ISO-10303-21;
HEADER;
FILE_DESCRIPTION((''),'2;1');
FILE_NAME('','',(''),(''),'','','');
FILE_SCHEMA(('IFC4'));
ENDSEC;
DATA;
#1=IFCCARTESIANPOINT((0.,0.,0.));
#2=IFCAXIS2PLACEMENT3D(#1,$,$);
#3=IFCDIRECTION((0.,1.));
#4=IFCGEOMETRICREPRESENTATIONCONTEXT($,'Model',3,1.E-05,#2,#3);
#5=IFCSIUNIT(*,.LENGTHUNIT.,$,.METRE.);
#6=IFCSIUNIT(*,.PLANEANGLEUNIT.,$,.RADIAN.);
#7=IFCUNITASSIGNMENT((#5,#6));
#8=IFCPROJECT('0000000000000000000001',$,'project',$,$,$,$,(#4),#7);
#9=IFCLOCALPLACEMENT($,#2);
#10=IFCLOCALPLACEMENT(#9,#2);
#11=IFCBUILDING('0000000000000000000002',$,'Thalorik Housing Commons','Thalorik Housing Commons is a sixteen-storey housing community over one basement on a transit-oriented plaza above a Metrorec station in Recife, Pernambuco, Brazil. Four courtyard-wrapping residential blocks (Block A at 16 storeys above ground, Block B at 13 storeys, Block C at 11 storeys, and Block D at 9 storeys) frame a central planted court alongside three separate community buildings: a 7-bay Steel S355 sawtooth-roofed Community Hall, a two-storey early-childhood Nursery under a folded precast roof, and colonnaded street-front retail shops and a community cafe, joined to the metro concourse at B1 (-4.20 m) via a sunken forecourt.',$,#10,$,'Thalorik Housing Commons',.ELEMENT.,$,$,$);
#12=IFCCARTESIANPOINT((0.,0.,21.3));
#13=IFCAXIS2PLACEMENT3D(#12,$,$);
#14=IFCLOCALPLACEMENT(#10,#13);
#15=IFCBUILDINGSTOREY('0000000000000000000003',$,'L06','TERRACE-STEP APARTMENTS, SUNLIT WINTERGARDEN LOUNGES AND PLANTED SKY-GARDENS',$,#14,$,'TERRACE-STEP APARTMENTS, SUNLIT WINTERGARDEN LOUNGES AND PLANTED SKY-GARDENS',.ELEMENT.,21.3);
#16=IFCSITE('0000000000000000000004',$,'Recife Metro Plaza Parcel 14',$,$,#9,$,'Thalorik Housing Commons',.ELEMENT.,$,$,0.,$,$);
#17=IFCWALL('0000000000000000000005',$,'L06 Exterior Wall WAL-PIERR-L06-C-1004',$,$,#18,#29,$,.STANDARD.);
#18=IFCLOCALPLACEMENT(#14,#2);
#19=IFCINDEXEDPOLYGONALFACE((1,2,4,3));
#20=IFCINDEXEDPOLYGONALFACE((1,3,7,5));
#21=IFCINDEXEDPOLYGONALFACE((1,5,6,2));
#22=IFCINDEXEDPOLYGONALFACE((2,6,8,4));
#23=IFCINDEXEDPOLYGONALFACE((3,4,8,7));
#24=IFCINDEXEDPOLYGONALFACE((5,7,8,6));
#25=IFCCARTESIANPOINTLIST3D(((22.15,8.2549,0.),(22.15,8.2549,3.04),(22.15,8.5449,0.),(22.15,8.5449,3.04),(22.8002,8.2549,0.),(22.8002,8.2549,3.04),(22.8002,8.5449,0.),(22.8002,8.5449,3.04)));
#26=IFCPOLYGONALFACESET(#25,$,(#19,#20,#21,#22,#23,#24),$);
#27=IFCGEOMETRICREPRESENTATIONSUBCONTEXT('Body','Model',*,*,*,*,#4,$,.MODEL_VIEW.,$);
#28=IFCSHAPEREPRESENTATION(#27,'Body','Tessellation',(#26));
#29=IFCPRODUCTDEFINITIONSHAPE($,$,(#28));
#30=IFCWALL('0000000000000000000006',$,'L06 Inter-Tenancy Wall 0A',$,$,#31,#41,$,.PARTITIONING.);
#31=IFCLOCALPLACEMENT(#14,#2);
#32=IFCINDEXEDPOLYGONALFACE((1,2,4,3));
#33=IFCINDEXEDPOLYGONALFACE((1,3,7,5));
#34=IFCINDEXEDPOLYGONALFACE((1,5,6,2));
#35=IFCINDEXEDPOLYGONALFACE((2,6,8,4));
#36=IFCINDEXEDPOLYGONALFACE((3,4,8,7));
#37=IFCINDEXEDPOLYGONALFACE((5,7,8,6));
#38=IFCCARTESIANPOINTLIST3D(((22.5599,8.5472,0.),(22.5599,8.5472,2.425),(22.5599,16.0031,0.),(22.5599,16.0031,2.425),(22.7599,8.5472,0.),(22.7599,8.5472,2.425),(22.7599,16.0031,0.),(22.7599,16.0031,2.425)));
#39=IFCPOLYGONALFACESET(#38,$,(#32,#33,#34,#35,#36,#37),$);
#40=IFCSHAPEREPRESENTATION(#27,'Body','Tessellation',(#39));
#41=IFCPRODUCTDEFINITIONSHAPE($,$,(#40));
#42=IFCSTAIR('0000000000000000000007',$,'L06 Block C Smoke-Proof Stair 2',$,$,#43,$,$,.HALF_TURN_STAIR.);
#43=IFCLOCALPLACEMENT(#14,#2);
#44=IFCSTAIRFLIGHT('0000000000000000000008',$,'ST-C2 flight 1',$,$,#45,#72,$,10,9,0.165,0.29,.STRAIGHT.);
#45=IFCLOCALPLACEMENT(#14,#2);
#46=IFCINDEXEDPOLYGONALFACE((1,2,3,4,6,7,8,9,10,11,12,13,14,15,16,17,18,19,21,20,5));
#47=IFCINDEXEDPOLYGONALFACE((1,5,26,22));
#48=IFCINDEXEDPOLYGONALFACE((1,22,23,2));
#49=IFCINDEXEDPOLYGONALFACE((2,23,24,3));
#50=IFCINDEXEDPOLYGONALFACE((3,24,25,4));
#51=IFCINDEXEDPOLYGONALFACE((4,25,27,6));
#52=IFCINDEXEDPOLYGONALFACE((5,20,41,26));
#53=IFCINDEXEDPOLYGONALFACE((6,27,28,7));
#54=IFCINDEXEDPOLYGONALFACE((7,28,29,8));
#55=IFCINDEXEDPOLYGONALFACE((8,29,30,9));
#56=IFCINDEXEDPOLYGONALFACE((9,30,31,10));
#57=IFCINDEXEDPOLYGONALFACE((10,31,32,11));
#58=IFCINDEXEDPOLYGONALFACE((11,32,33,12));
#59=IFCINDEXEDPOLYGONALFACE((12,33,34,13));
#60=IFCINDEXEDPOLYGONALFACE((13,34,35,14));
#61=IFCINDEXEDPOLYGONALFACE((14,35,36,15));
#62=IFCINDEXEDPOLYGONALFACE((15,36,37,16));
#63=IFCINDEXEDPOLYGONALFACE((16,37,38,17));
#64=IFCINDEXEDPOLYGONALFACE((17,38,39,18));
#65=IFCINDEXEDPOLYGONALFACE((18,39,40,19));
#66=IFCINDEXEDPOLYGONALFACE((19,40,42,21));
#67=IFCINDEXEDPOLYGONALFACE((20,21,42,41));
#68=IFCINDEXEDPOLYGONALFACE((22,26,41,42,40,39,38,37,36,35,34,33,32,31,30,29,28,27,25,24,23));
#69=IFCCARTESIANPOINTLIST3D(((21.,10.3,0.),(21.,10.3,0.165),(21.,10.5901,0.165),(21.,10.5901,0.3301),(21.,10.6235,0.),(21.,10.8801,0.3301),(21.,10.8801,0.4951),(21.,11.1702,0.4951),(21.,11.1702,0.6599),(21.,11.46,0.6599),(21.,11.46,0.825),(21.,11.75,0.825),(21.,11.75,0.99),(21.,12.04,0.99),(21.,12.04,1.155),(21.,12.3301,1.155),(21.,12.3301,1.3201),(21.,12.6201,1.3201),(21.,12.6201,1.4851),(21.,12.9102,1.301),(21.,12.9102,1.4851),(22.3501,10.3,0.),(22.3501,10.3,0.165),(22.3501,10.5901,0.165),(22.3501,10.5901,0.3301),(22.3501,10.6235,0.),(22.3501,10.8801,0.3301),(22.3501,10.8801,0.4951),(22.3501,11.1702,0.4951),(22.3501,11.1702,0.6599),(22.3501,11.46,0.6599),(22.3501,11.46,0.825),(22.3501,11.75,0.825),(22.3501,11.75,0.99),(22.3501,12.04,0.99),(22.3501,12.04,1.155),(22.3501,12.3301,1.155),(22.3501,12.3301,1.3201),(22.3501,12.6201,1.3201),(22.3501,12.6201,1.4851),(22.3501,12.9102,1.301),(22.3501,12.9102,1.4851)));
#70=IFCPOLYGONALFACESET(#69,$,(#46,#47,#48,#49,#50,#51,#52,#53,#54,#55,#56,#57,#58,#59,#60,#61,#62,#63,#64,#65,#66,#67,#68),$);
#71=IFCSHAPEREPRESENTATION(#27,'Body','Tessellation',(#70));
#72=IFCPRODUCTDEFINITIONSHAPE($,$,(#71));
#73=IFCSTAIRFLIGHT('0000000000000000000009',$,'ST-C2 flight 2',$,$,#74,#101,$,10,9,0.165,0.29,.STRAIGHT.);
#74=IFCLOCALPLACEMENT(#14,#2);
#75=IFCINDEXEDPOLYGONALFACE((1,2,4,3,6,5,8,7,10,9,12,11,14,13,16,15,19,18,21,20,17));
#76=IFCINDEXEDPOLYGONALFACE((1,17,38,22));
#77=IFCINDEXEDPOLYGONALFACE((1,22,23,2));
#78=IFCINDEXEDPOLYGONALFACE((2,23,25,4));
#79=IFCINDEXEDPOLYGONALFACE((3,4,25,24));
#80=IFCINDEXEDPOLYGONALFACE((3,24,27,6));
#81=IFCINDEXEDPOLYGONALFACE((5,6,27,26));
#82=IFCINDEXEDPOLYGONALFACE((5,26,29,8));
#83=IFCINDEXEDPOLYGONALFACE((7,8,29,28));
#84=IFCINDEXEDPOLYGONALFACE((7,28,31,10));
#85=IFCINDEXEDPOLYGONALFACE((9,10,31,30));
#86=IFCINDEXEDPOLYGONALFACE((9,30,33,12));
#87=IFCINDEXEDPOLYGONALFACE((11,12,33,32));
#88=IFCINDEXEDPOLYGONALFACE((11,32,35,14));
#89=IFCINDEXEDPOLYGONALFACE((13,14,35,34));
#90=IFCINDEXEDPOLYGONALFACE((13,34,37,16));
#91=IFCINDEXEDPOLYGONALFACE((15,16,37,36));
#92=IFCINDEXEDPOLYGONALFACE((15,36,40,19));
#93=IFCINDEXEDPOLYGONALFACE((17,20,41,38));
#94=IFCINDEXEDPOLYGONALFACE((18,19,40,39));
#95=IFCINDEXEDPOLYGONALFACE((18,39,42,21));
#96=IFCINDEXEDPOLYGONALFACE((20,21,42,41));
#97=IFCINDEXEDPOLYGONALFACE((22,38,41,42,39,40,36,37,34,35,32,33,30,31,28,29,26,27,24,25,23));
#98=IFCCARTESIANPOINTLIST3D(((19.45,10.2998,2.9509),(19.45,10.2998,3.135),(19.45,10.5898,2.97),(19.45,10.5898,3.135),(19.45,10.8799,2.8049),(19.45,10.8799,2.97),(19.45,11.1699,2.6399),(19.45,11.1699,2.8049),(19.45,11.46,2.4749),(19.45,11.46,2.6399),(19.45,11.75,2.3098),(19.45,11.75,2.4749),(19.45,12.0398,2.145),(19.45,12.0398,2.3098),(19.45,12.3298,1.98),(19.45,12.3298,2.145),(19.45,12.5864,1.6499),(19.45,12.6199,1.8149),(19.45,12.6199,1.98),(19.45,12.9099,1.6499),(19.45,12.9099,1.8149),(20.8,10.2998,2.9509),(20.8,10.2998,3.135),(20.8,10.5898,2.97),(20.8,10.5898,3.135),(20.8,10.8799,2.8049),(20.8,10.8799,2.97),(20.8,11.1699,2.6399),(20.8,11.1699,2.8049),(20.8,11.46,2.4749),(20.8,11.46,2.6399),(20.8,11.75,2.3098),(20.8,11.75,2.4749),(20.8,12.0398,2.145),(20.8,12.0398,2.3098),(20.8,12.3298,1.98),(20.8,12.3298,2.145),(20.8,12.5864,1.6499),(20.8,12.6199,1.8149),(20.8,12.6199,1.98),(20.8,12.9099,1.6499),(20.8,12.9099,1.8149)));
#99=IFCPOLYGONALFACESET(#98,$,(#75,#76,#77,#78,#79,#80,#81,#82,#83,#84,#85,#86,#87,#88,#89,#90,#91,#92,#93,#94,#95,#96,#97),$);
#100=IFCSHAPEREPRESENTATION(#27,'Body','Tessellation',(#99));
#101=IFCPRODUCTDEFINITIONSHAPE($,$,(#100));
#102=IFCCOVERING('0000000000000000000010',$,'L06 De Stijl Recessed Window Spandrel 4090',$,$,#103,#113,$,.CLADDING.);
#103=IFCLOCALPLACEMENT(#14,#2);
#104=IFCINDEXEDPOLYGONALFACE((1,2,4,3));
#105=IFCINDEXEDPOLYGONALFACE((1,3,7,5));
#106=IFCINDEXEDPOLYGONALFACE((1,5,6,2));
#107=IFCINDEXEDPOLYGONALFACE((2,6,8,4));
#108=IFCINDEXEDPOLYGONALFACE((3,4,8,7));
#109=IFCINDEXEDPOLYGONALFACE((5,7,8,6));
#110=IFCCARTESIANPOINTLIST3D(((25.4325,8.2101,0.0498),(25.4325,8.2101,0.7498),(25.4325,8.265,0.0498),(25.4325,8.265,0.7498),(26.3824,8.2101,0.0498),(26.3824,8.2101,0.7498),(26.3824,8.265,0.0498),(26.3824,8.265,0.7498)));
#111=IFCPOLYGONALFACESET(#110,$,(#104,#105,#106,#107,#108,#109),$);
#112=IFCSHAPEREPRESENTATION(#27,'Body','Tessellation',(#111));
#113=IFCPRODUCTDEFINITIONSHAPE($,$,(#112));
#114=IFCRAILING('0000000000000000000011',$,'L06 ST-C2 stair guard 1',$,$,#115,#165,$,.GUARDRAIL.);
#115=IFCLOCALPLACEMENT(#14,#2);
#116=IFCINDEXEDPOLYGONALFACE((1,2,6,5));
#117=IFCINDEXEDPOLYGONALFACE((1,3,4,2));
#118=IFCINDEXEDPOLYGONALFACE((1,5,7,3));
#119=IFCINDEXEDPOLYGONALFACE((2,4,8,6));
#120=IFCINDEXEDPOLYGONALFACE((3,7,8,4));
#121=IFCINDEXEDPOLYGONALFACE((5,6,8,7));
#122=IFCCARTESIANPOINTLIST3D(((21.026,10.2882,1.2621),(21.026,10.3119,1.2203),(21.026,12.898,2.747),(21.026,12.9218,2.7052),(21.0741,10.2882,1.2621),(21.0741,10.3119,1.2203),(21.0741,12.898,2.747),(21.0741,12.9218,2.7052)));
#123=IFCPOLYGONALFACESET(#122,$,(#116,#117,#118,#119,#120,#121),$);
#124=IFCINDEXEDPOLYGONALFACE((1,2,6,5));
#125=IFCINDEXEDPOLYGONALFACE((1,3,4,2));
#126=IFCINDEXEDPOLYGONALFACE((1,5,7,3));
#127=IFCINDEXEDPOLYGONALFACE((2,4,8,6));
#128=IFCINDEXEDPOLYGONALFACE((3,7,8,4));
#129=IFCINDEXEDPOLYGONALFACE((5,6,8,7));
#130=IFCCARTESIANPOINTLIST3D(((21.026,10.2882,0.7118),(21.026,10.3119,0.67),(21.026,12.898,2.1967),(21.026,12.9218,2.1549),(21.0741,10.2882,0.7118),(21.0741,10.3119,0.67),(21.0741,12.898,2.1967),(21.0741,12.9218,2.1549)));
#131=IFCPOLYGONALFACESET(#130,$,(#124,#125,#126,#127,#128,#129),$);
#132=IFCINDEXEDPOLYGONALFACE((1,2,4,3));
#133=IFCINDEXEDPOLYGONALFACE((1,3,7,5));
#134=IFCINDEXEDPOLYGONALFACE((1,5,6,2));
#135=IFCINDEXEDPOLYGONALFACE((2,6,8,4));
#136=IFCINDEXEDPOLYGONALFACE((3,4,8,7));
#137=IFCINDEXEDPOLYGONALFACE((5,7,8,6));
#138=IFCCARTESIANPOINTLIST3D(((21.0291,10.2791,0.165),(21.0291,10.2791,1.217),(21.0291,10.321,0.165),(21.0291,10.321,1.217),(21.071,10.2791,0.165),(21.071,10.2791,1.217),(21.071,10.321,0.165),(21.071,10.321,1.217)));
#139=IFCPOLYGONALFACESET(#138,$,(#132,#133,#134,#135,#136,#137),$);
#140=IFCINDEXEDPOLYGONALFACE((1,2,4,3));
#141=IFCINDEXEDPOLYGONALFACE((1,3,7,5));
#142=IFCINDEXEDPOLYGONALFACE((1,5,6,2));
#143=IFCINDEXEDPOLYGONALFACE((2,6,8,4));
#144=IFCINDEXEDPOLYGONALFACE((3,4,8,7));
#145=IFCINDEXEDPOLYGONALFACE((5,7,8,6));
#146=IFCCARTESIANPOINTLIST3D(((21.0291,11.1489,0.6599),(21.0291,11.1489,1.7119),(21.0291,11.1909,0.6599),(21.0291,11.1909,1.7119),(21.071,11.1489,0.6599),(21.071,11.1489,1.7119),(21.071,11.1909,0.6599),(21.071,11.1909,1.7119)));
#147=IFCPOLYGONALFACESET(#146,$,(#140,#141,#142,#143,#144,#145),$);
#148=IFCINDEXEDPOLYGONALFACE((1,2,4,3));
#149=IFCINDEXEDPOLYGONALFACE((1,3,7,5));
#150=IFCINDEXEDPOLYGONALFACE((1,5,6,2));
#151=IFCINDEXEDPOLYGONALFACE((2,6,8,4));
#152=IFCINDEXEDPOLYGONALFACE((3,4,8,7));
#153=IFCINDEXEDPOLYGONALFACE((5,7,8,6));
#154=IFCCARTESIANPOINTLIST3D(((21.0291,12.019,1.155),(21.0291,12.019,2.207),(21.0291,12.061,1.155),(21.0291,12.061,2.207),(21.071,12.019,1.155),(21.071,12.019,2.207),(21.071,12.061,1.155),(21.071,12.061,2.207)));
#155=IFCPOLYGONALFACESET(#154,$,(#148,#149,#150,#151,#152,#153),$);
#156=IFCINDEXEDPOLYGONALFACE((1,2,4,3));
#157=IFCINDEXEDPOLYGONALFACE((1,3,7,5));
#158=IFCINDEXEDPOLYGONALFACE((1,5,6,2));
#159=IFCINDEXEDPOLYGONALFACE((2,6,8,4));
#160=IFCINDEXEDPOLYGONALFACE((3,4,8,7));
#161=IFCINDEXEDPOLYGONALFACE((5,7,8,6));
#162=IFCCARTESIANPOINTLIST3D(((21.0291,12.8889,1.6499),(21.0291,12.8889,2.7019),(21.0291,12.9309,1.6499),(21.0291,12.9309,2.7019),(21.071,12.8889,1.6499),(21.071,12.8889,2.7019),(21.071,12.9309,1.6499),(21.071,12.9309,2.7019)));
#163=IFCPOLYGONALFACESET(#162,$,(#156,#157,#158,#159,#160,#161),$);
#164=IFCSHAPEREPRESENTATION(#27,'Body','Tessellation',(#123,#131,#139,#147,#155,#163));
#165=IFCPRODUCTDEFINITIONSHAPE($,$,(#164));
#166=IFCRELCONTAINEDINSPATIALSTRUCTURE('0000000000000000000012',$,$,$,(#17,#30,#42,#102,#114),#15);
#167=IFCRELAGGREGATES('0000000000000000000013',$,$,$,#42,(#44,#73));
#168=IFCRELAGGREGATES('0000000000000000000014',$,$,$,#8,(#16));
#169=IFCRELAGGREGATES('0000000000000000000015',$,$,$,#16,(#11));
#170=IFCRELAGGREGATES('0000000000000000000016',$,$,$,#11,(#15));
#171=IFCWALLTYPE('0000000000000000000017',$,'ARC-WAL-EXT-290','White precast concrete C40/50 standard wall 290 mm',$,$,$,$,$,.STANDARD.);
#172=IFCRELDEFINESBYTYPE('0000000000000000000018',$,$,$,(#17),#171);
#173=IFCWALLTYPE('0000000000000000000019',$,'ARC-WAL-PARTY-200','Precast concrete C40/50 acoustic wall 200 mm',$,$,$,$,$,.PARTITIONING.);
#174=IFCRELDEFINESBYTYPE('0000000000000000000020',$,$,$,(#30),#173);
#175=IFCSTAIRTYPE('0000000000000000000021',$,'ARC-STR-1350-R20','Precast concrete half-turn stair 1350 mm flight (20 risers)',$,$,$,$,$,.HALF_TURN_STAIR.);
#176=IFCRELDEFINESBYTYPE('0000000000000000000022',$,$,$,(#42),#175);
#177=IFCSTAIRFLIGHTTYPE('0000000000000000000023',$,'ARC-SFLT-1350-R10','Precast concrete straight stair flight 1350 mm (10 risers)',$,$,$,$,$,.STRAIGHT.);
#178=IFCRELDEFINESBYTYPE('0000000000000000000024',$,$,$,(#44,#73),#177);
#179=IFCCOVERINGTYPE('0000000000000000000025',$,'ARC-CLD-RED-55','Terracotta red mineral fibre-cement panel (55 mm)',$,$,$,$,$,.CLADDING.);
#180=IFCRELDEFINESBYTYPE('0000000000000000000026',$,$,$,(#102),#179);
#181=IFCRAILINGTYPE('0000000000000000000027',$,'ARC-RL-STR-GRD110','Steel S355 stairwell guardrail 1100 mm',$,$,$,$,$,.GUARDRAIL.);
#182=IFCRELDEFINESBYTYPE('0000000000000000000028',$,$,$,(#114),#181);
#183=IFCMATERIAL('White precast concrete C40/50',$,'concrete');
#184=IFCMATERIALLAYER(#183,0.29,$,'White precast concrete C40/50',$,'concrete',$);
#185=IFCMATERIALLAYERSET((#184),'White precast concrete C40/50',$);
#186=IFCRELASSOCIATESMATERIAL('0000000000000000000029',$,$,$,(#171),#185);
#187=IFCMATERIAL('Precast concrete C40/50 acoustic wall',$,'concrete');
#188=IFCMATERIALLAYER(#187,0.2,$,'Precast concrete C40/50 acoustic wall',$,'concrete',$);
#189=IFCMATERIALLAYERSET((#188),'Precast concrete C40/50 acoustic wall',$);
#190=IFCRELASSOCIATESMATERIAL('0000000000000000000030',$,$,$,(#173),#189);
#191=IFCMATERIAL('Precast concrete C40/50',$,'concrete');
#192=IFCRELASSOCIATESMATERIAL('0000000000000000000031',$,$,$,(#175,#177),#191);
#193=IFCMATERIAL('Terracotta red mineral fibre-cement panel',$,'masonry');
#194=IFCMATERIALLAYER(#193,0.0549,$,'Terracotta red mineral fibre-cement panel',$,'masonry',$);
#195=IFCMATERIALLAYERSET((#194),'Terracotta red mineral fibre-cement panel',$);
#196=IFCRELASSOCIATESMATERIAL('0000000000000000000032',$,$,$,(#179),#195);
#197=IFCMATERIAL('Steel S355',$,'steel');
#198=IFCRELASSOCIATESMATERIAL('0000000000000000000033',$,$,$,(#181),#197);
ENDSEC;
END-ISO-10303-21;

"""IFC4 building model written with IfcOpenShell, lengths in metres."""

from ifc_helpers import new_model, si_unit, direction, frame, frame_2d, origin, origin_2d, place, context, subcontext, project, spatial, polyline, rectangle, outline, extrude, material, layer, layer_set, type_object, element, aggregate, save


model = new_model("IFC4")

# Units and contexts
model_context = context("Model", 3, precision=1e-05, world=origin(), true_north=direction((0.0, 1.0)))
body_context = subcontext(model_context, "Body", "Model", "MODEL_VIEW")
ifc_project = project(units=[si_unit("LENGTHUNIT", "METRE"), si_unit("PLANEANGLEUNIT", "RADIAN")], contexts=[model_context])

# Site, building, storey
site_placement = place(None, origin())
site = spatial("IfcSite", under=ifc_project, at=site_placement, Name="Recife Metro Plaza Parcel 14", LongName="Thalorik Housing Commons", CompositionType="ELEMENT", RefElevation=0.0)
building_placement = place(site_placement, origin())
building = spatial("IfcBuilding", under=site, at=building_placement, Name="Thalorik Housing Commons", Description="Thalorik Housing Commons is a sixteen-storey housing community over one basement on a transit-oriented plaza above a Metrorec station in Recife, Pernambuco, Brazil. Four courtyard-wrapping residential blocks (Block A at 16 storeys above ground, Block B at 13 storeys, Block C at 11 storeys, and Block D at 9 storeys) frame a central planted court alongside three separate community buildings: a 7-bay Steel S355 sawtooth-roofed Community Hall, a two-storey early-childhood Nursery under a folded precast roof, and colonnaded street-front retail shops and a community cafe, joined to the metro concourse at B1 (-4.20 m) via a sunken forecourt.", LongName="Thalorik Housing Commons", CompositionType="ELEMENT")
storey_placement = place(building_placement, frame((0.0, 0.0, 21.3)))
storey = spatial("IfcBuildingStorey", under=building, at=storey_placement, Name="L06", Description="TERRACE-STEP APARTMENTS, SUNLIT WINTERGARDEN LOUNGES AND PLANTED SKY-GARDENS", LongName="TERRACE-STEP APARTMENTS, SUNLIT WINTERGARDEN LOUNGES AND PLANTED SKY-GARDENS", CompositionType="ELEMENT", Elevation=21.3)

# Shared definitions
ifc_material_1 = material(Name="Precast concrete C40/50", Category="concrete")

# Shared definitions
ifc_material_2 = material(Name="Steel S355", Category="steel")

# Wall
ifc_material_3 = material(Name="White precast concrete C40/50", Category="concrete")
ifc_layer_1 = layer(ifc_material_3, 0.29, Name="White precast concrete C40/50", Category="concrete")
ifc_layer_set_1 = layer_set([ifc_layer_1], Name="White precast concrete C40/50")
wall_type_1 = type_object("IfcWallType", Name="ARC-WAL-EXT-290", Description="White precast concrete C40/50 standard wall 290 mm", PredefinedType="STANDARD", material=ifc_layer_set_1)
wall_1_placement = place(storey_placement, frame((22.1499, 8.3999, 0.0), z_axis=(0.0, 0.0, 1.0), x_axis=(1.0, 0.0, 0.0)))
element("IfcWall", 1, at=wall_1_placement, inside=storey, type_object=wall_type_1, Name="L06 Exterior Wall WAL-PIERR-L06-C-1004", PredefinedType="STANDARD", context=body_context, shape_type="SweptSolid", body=[
    extrude(rectangle(XDim=0.6501, YDim=0.29, at=frame_2d((0.3252, 0.0))), origin(), (0.0, 0.0, 1.0), 3.04),
])

# Wall
ifc_material_4 = material(Name="Precast concrete C40/50 acoustic wall", Category="concrete")
ifc_layer_2 = layer(ifc_material_4, 0.2, Name="Precast concrete C40/50 acoustic wall", Category="concrete")
ifc_layer_set_2 = layer_set([ifc_layer_2], Name="Precast concrete C40/50 acoustic wall")
wall_type_2 = type_object("IfcWallType", Name="ARC-WAL-PARTY-200", Description="Precast concrete C40/50 acoustic wall 200 mm", PredefinedType="PARTITIONING", material=ifc_layer_set_2)
wall_2_placement = place(storey_placement, frame((22.6599, 8.5471, 0.0), z_axis=(0.0, 0.0, 1.0), x_axis=(0.0, 1.0, 0.0)))
element("IfcWall", 2, at=wall_2_placement, inside=storey, type_object=wall_type_2, Name="L06 Inter-Tenancy Wall 0A", PredefinedType="PARTITIONING", context=body_context, shape_type="SweptSolid", body=[
    extrude(rectangle(XDim=7.4558, YDim=0.2, at=frame_2d((3.728, 0.0))), origin(), (0.0, 0.0, 1.0), 2.425),
])

# Stair, stair flights
stair_type = type_object("IfcStairType", Name="ARC-STR-1350-R20", Description="Precast concrete half-turn stair 1350 mm flight (20 risers)", PredefinedType="HALF_TURN_STAIR", material=ifc_material_1)
stair_placement = place(storey_placement, origin())
stair = element("IfcStair", 3, at=stair_placement, inside=storey, type_object=stair_type, Name="L06 Block C Smoke-Proof Stair 2", PredefinedType="HALF_TURN_STAIR")
stair_flight_type = type_object("IfcStairFlightType", Name="ARC-SFLT-1350-R10", Description="Precast concrete straight stair flight 1350 mm (10 risers)", PredefinedType="STRAIGHT", material=ifc_material_1)
stair_flight_1_placement = place(storey_placement, frame((21.675, 10.3, 0.0), z_axis=(0.0, 0.0, 1.0), x_axis=(0.0, 1.0, 0.0)))
stair_flight_1 = element("IfcStairFlight", 4, at=stair_flight_1_placement, type_object=stair_flight_type, Name="ST-C2 flight 1", NumberOfRisers=10, NumberOfTreads=9, PredefinedType="STRAIGHT", RiserHeight=0.165, TreadLength=0.29, context=body_context, shape_type="SweptSolid", body=[
    extrude(outline(polyline([(0.0, 0.0), (0.0, 0.165), (0.29, 0.165), (0.29, 0.3301), (0.5801, 0.3301), (0.5801, 0.4951), (0.8701, 0.4951), (0.8701, 0.6599), (1.1599, 0.6599), (1.1599, 0.825), (1.45, 0.825), (1.45, 0.99), (1.74, 0.99), (1.74, 1.155), (2.03, 1.155), (2.03, 1.3201), (2.3201, 1.3201), (2.3201, 1.4851), (2.6101, 1.4851), (2.6101, 1.6499), (2.6101, 1.301), (0.3235, 0.0), (0.0, 0.0)])), frame((0.0, 0.675, 0.0), z_axis=(0.0, -1.0, 0.0), x_axis=(1.0, 0.0, 0.0)), (0.0, 0.0, 1.0), 1.3501),
])
stair_flight_2_placement = place(storey_placement, frame((20.125, 12.9099, 1.6499), z_axis=(0.0, 0.0, 1.0), x_axis=(0.0, -1.0, 0.0)))
stair_flight_2 = element("IfcStairFlight", 5, at=stair_flight_2_placement, type_object=stair_flight_type, Name="ST-C2 flight 2", NumberOfRisers=10, NumberOfTreads=9, PredefinedType="STRAIGHT", RiserHeight=0.165, TreadLength=0.29, context=body_context, shape_type="SweptSolid", body=[
    extrude(outline(polyline([(0.0, 0.0), (0.0, 0.165), (0.29, 0.165), (0.29, 0.3301), (0.5801, 0.3301), (0.5801, 0.4951), (0.8701, 0.4951), (0.8701, 0.6599), (1.1599, 0.6599), (1.1599, 0.825), (1.45, 0.825), (1.45, 0.99), (1.74, 0.99), (1.74, 1.155), (2.03, 1.155), (2.03, 1.3201), (2.3201, 1.3201), (2.3201, 1.4851), (2.6101, 1.4851), (2.6101, 1.6499), (2.6101, 1.301), (0.3235, 0.0), (0.0, 0.0)])), frame((0.0, 0.675, 0.0), z_axis=(0.0, -1.0, 0.0), x_axis=(1.0, 0.0, 0.0)), (0.0, 0.0, 1.0), 1.3501),
])
aggregate(stair, [stair_flight_1, stair_flight_2])

# Covering
ifc_material_5 = material(Name="Terracotta red mineral fibre-cement panel", Category="masonry")
ifc_layer_3 = layer(ifc_material_5, 0.0549, Name="Terracotta red mineral fibre-cement panel", Category="masonry")
ifc_layer_set_3 = layer_set([ifc_layer_3], Name="Terracotta red mineral fibre-cement panel")
covering_type_1 = type_object("IfcCoveringType", Name="ARC-CLD-RED-55", Description="Terracotta red mineral fibre-cement panel (55 mm)", PredefinedType="CLADDING", material=ifc_layer_set_3)
covering_1_placement = place(storey_placement, frame((25.9075, 8.2375, 0.0498), z_axis=(0.0, 0.0, 1.0), x_axis=(1.0, 0.0, 0.0)))
element("IfcCovering", 6, at=covering_1_placement, inside=storey, type_object=covering_type_1, Name="L06 De Stijl Recessed Window Spandrel 4090", PredefinedType="CLADDING", context=body_context, shape_type="SweptSolid", body=[
    extrude(rectangle(XDim=0.95, YDim=0.0549, at=origin_2d()), origin(), (0.0, 0.0, 1.0), 0.7),
])

# Railing
railing_type_1 = type_object("IfcRailingType", Name="ARC-RL-STR-GRD110", Description="Steel S355 stairwell guardrail 1100 mm", PredefinedType="GUARDRAIL", material=ifc_material_2)
railing_1_placement = place(storey_placement, frame((21.05, 10.3, 0.165)))
element("IfcRailing", 7, at=railing_1_placement, inside=storey, type_object=railing_type_1, Name="L06 ST-C2 stair guard 1", PredefinedType="GUARDRAIL", context=body_context, shape_type="SweptSolid", body=[
    extrude(rectangle(XDim=0.0481, YDim=0.0481, at=origin_2d()), frame((0.0, 0.0, 1.0762), z_axis=(0.0, 0.869172, 0.494509), x_axis=(-1.0, 0.0, 0.0)), (0.0, 0.0, 1.0), 3.0027),
    extrude(rectangle(XDim=0.0481, YDim=0.0481, at=origin_2d()), frame((0.0, 0.0, 0.5259), z_axis=(0.0, 0.869172, 0.494509), x_axis=(-1.0, 0.0, 0.0)), (0.0, 0.0, 1.0), 3.0027),
    extrude(rectangle(XDim=0.042, YDim=0.042, at=origin_2d()), origin(), (0.0, 0.0, 1.0), 1.052),
    extrude(rectangle(XDim=0.042, YDim=0.042, at=origin_2d()), frame((0.0, 0.8699, 0.4949)), (0.0, 0.0, 1.0), 1.052),
    extrude(rectangle(XDim=0.042, YDim=0.042, at=origin_2d()), frame((0.0, 1.74, 0.99)), (0.0, 0.0, 1.0), 1.052),
    extrude(rectangle(XDim=0.042, YDim=0.042, at=origin_2d()), frame((0.0, 2.6099, 1.4849)), (0.0, 0.0, 1.0), 1.052),
])

save(model, "model.ifc")
